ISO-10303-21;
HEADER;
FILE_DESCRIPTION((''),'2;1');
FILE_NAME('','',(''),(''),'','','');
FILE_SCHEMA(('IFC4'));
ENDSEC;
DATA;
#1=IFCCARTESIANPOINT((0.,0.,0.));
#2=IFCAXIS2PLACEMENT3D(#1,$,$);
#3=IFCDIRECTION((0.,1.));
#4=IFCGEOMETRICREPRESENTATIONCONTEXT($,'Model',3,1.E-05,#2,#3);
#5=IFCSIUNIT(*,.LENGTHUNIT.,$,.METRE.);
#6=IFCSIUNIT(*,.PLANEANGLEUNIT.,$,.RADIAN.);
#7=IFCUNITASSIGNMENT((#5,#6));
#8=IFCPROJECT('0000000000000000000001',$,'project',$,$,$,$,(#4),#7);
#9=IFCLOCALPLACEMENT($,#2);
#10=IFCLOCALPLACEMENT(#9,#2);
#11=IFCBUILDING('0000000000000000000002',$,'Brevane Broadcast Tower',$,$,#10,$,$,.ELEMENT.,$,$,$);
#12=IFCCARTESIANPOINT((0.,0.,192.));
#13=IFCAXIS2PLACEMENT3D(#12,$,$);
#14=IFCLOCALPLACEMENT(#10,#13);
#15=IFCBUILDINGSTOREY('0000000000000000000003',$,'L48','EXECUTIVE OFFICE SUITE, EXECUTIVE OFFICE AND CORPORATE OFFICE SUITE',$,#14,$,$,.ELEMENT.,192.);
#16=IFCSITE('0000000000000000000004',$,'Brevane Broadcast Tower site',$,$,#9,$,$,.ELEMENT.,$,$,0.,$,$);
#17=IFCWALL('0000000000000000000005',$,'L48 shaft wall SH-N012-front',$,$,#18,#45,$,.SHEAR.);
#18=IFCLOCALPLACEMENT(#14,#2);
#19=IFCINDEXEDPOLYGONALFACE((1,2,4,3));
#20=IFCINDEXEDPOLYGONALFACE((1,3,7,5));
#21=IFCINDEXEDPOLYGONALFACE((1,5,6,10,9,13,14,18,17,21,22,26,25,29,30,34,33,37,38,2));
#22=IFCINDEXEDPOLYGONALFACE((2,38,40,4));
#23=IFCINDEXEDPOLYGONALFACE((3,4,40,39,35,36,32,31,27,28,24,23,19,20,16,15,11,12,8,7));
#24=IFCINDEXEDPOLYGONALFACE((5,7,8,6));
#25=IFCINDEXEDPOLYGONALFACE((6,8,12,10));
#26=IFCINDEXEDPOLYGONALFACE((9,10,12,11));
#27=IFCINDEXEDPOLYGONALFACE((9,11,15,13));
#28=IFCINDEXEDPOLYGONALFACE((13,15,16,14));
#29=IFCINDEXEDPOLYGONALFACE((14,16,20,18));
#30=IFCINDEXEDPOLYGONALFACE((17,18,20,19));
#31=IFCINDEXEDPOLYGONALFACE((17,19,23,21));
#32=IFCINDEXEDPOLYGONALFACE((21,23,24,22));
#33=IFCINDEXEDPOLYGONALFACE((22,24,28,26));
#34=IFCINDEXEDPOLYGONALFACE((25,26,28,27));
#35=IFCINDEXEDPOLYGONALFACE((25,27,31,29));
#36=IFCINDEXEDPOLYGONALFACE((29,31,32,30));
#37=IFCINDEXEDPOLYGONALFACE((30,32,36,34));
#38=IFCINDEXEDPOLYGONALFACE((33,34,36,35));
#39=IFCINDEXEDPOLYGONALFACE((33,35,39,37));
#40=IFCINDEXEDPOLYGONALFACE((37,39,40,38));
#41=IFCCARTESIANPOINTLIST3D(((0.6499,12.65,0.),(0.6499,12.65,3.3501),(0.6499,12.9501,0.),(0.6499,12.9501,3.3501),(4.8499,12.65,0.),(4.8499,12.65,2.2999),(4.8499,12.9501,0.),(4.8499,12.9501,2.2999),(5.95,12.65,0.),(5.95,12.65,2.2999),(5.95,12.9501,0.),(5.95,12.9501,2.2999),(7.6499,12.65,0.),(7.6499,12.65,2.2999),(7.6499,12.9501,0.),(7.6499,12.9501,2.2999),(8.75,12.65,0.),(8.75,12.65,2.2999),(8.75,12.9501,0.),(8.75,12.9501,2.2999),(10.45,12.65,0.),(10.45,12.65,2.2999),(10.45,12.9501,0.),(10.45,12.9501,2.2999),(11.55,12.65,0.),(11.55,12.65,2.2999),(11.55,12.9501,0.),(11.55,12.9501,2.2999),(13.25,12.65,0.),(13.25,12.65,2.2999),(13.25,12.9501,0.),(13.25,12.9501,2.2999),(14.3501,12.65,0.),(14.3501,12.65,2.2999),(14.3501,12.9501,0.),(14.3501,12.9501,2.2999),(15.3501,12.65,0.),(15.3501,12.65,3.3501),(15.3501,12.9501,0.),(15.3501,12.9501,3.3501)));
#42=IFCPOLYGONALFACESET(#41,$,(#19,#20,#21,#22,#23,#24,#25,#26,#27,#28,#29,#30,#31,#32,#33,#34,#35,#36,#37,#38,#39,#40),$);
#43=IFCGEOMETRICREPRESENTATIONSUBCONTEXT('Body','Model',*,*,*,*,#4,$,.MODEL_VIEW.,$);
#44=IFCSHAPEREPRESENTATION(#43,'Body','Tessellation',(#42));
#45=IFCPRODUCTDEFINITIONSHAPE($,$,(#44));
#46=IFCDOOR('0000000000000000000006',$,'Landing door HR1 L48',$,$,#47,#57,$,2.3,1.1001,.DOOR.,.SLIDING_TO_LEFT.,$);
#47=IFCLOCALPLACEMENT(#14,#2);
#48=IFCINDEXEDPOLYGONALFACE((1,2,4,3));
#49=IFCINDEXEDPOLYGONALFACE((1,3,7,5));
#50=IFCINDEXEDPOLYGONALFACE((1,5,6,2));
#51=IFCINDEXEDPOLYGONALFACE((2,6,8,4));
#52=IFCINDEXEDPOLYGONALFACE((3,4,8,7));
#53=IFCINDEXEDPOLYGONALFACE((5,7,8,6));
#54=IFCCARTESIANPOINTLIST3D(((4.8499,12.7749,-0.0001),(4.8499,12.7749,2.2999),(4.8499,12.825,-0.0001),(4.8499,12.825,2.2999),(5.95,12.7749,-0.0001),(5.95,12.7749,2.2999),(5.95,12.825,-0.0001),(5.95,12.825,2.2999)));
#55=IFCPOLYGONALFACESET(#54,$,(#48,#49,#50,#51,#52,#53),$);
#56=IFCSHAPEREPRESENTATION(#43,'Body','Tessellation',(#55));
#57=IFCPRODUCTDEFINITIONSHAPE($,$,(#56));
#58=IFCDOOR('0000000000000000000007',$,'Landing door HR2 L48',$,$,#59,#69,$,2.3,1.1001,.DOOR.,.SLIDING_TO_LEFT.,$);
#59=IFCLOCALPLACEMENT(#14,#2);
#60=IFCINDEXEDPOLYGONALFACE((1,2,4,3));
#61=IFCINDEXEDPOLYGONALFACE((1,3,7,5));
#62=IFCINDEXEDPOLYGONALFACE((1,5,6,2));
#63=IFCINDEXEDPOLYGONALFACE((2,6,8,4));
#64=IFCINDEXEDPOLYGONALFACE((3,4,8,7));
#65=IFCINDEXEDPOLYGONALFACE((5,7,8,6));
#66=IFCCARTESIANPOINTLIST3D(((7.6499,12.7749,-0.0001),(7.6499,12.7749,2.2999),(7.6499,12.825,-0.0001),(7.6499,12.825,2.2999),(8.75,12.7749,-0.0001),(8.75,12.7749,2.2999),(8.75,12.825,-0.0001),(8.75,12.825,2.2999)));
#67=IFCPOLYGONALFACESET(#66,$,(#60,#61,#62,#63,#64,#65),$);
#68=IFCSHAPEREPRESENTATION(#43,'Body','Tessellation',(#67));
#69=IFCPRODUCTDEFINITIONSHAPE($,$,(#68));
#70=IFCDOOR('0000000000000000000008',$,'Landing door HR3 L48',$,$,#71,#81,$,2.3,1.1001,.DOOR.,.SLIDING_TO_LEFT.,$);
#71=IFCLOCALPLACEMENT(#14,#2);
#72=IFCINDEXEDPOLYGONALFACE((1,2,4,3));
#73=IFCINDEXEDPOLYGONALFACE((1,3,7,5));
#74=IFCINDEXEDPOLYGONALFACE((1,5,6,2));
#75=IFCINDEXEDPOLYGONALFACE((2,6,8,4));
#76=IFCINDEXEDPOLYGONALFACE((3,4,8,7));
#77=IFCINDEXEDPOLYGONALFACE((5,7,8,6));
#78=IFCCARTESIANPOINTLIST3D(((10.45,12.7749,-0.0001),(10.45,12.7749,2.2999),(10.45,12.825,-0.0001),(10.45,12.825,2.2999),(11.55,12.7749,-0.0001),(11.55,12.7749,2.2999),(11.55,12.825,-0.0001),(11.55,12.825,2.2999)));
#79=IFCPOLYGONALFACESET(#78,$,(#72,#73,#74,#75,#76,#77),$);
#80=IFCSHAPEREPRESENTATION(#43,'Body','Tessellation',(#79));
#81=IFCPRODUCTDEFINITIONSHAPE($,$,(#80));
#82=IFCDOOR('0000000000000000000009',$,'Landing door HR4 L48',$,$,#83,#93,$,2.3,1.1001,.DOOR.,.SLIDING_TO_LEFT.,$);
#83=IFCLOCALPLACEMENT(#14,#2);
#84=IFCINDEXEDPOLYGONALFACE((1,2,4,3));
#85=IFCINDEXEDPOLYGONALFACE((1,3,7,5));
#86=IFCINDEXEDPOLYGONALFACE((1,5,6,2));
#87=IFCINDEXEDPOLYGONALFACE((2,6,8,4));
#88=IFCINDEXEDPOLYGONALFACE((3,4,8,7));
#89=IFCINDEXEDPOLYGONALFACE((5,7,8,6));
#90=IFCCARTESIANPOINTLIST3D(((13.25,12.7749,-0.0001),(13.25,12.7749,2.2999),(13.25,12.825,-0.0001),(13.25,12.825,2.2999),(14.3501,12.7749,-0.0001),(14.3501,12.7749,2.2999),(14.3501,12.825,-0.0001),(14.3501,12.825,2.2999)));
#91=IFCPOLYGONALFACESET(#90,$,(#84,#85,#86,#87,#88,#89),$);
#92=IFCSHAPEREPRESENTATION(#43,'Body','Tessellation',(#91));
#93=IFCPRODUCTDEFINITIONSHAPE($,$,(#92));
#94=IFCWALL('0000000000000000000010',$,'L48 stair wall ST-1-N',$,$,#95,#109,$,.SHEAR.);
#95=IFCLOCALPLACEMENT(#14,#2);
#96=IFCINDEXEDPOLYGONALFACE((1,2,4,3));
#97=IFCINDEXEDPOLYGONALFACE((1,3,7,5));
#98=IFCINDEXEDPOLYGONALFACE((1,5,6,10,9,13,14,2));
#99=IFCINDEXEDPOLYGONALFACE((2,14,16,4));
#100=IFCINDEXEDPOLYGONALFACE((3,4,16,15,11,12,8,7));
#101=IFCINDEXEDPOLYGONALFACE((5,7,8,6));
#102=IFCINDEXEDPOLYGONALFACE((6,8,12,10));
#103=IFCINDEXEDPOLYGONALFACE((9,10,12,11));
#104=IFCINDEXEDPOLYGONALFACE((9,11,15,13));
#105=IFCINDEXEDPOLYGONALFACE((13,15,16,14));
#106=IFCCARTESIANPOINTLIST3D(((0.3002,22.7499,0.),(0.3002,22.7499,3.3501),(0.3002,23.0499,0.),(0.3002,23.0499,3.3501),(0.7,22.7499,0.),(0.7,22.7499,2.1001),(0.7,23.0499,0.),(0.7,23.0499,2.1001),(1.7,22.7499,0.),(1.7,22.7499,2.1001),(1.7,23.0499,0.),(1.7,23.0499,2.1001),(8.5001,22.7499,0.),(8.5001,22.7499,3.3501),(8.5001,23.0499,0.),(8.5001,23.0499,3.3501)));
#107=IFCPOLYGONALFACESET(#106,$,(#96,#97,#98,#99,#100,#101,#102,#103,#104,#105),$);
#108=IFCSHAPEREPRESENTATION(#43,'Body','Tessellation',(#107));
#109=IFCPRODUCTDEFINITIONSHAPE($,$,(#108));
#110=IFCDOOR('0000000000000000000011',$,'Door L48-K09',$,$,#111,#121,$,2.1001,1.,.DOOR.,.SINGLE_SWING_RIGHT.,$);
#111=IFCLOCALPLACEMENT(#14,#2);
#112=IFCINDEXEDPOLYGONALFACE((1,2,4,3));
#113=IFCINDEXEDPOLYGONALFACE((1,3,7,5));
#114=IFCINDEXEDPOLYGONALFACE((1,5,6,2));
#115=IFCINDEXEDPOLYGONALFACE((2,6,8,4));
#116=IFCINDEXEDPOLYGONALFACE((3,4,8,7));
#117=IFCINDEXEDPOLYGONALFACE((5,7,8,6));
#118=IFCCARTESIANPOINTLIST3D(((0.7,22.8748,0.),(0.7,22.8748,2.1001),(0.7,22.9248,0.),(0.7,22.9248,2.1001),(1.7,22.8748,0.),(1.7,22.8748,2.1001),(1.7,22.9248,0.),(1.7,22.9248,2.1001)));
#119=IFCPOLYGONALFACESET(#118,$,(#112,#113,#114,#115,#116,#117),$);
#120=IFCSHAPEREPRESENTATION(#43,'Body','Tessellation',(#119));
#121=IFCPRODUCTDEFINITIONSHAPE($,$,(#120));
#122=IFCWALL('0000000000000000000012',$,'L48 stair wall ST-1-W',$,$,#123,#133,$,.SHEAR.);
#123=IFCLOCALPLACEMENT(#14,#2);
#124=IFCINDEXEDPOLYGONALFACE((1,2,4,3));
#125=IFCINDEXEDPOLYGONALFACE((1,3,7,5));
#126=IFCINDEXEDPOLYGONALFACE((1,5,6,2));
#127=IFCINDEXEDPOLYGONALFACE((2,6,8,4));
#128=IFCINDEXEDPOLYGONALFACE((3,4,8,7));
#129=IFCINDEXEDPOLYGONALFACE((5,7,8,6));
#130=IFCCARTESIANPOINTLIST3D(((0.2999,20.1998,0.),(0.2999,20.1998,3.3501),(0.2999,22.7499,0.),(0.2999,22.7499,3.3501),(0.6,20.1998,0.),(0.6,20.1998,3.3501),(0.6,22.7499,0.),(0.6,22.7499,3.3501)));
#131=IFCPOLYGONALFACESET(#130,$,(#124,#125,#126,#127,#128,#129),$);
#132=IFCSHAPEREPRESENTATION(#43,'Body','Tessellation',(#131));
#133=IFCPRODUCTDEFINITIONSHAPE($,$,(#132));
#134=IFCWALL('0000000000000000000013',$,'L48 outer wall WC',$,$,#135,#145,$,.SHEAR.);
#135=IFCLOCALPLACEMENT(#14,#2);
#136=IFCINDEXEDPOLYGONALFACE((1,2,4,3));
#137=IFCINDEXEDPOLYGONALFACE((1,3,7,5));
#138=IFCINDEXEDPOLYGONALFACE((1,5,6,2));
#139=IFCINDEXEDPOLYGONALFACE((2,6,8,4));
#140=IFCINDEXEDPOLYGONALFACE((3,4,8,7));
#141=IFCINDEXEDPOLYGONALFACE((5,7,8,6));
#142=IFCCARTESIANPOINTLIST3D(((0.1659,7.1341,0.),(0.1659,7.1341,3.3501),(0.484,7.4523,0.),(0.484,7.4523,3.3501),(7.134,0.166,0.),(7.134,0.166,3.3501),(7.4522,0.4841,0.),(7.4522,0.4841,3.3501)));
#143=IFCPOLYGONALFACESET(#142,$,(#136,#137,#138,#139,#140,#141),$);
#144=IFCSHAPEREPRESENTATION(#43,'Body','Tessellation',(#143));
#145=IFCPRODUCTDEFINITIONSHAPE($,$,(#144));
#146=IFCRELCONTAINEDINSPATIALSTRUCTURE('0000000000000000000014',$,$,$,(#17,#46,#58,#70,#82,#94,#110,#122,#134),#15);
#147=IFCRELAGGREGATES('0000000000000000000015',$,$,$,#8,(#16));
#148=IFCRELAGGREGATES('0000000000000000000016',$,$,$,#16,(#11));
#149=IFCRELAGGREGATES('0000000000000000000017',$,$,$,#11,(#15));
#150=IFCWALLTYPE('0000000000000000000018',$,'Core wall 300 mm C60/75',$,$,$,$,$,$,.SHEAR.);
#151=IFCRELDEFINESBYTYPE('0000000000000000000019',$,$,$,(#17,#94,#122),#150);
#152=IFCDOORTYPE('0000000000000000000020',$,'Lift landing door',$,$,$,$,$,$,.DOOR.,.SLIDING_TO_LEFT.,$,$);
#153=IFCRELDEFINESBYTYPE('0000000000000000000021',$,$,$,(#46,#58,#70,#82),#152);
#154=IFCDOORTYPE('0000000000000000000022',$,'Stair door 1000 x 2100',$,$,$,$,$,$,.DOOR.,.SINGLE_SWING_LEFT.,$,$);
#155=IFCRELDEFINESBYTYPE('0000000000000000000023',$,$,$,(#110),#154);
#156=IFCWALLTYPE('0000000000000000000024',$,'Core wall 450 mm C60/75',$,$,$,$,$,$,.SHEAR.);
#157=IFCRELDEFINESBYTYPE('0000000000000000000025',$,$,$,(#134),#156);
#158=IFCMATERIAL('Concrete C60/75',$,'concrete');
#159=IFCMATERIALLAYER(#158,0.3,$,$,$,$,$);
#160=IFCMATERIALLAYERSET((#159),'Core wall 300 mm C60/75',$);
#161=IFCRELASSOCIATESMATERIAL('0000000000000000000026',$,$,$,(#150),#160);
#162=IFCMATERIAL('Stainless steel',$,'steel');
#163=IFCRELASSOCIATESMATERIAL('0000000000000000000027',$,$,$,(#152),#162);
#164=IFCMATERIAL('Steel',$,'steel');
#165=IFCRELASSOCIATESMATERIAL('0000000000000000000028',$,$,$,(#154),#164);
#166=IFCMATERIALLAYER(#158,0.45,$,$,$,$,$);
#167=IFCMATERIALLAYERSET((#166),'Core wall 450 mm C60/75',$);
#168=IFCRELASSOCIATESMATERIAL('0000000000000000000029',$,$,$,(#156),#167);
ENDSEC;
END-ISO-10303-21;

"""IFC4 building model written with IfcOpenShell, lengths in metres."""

from ifc_helpers import new_model, si_unit, direction, frame, frame_2d, origin, place, context, subcontext, project, spatial, rectangle, extrude, material, layer, layer_set, type_object, element, fill, save


model = new_model("IFC4")

# Units and contexts
model_context = context("Model", 3, precision=1e-05, world=origin(), true_north=direction((0.0, 1.0)))
body_context = subcontext(model_context, "Body", "Model", "MODEL_VIEW")
ifc_project = project(units=[si_unit("LENGTHUNIT", "METRE"), si_unit("PLANEANGLEUNIT", "RADIAN")], contexts=[model_context])

# Site, building, storey
site_placement = place(None, origin())
site = spatial("IfcSite", under=ifc_project, at=site_placement, Name="Brevane Broadcast Tower site", CompositionType="ELEMENT", RefElevation=0.0)
building_placement = place(site_placement, origin())
building = spatial("IfcBuilding", under=site, at=building_placement, Name="Brevane Broadcast Tower", CompositionType="ELEMENT")
storey_placement = place(building_placement, frame((0.0, 0.0, 192.0)))
storey = spatial("IfcBuildingStorey", under=building, at=storey_placement, Name="L48", Description="EXECUTIVE OFFICE SUITE, EXECUTIVE OFFICE AND CORPORATE OFFICE SUITE", CompositionType="ELEMENT", Elevation=192.0)

# Wall, openings, doors
ifc_material_1 = material(Name="Concrete C60/75", Category="concrete")
ifc_layer_1 = layer(ifc_material_1, 0.3)
ifc_layer_set_1 = layer_set([ifc_layer_1], Name="Core wall 300 mm C60/75")
wall_type_1 = type_object("IfcWallType", Name="Core wall 300 mm C60/75", PredefinedType="SHEAR", material=ifc_layer_set_1)
wall_1_placement = place(storey_placement, frame((0.6499, 12.8, 0.0), z_axis=(0.0, 0.0, 1.0), x_axis=(1.0, 0.0, 0.0)))
wall_1 = element("IfcWall", 1, at=wall_1_placement, inside=storey, type_object=wall_type_1, Name="L48 shaft wall SH-N012-front", PredefinedType="SHEAR", context=body_context, shape_type="SweptSolid", body=[
    extrude(rectangle(XDim=14.7002, YDim=0.3, at=frame_2d((7.3501, 0.0))), origin(), (0.0, 0.0, 1.0), 3.3501),
])
opening_1_placement = place(wall_1_placement, frame((4.2, 0.0, 0.0)))
opening_1 = element("IfcOpeningElement", 2, at=opening_1_placement, cuts=wall_1, PredefinedType="OPENING", context=body_context, shape_type="SweptSolid", body=[
    extrude(rectangle(XDim=1.1001, YDim=2.3, at=frame_2d((0.55, 1.1499))), frame((0.0, 0.1599, 0.0), z_axis=(0.0, -1.0, 0.0), x_axis=(1.0, 0.0, 0.0)), (0.0, 0.0, 1.0), 0.3201),
])
opening_2_placement = place(wall_1_placement, frame((7.0, 0.0, 0.0)))
opening_2 = element("IfcOpeningElement", 3, at=opening_2_placement, cuts=wall_1, PredefinedType="OPENING", context=body_context, shape_type="SweptSolid", body=[
    extrude(rectangle(XDim=1.1001, YDim=2.3, at=frame_2d((0.55, 1.1499))), frame((0.0, 0.1599, 0.0), z_axis=(0.0, -1.0, 0.0), x_axis=(1.0, 0.0, 0.0)), (0.0, 0.0, 1.0), 0.3201),
])
opening_3_placement = place(wall_1_placement, frame((9.8, 0.0, 0.0)))
opening_3 = element("IfcOpeningElement", 4, at=opening_3_placement, cuts=wall_1, PredefinedType="OPENING", context=body_context, shape_type="SweptSolid", body=[
    extrude(rectangle(XDim=1.1001, YDim=2.3, at=frame_2d((0.55, 1.1499))), frame((0.0, 0.1599, 0.0), z_axis=(0.0, -1.0, 0.0), x_axis=(1.0, 0.0, 0.0)), (0.0, 0.0, 1.0), 0.3201),
])
opening_4_placement = place(wall_1_placement, frame((12.6001, 0.0, 0.0)))
opening_4 = element("IfcOpeningElement", 5, at=opening_4_placement, cuts=wall_1, PredefinedType="OPENING", context=body_context, shape_type="SweptSolid", body=[
    extrude(rectangle(XDim=1.1001, YDim=2.3, at=frame_2d((0.55, 1.1499))), frame((0.0, 0.1599, 0.0), z_axis=(0.0, -1.0, 0.0), x_axis=(1.0, 0.0, 0.0)), (0.0, 0.0, 1.0), 0.3201),
])
ifc_material_2 = material(Name="Stainless steel", Category="steel")
door_type_1 = type_object("IfcDoorType", Name="Lift landing door", OperationType="SLIDING_TO_LEFT", PredefinedType="DOOR", material=ifc_material_2)
door_1_placement = place(opening_1_placement, origin())
door_1 = element("IfcDoor", 6, at=door_1_placement, inside=storey, type_object=door_type_1, Name="Landing door HR1 L48", OperationType="SLIDING_TO_LEFT", OverallHeight=2.3, OverallWidth=1.1001, PredefinedType="DOOR", context=body_context, shape_type="SweptSolid", body=[
    extrude(rectangle(XDim=1.1001, YDim=2.3, at=frame_2d((0.55, 1.1499))), frame((0.0, 0.0249, 0.0), z_axis=(0.0, -1.0, 0.0), x_axis=(1.0, 0.0, 0.0)), (0.0, 0.0, 1.0), 0.05),
])
fill(opening_1, door_1)
door_2_placement = place(opening_2_placement, origin())
door_2 = element("IfcDoor", 7, at=door_2_placement, inside=storey, type_object=door_type_1, Name="Landing door HR2 L48", OperationType="SLIDING_TO_LEFT", OverallHeight=2.3, OverallWidth=1.1001, PredefinedType="DOOR", context=body_context, shape_type="SweptSolid", body=[
    extrude(rectangle(XDim=1.1001, YDim=2.3, at=frame_2d((0.55, 1.1499))), frame((0.0, 0.0249, 0.0), z_axis=(0.0, -1.0, 0.0), x_axis=(1.0, 0.0, 0.0)), (0.0, 0.0, 1.0), 0.05),
])
fill(opening_2, door_2)
door_3_placement = place(opening_3_placement, origin())
door_3 = element("IfcDoor", 8, at=door_3_placement, inside=storey, type_object=door_type_1, Name="Landing door HR3 L48", OperationType="SLIDING_TO_LEFT", OverallHeight=2.3, OverallWidth=1.1001, PredefinedType="DOOR", context=body_context, shape_type="SweptSolid", body=[
    extrude(rectangle(XDim=1.1001, YDim=2.3, at=frame_2d((0.55, 1.1499))), frame((0.0, 0.0249, 0.0), z_axis=(0.0, -1.0, 0.0), x_axis=(1.0, 0.0, 0.0)), (0.0, 0.0, 1.0), 0.05),
])
fill(opening_3, door_3)
door_4_placement = place(opening_4_placement, origin())
door_4 = element("IfcDoor", 9, at=door_4_placement, inside=storey, type_object=door_type_1, Name="Landing door HR4 L48", OperationType="SLIDING_TO_LEFT", OverallHeight=2.3, OverallWidth=1.1001, PredefinedType="DOOR", context=body_context, shape_type="SweptSolid", body=[
    extrude(rectangle(XDim=1.1001, YDim=2.3, at=frame_2d((0.55, 1.1499))), frame((0.0, 0.0249, 0.0), z_axis=(0.0, -1.0, 0.0), x_axis=(1.0, 0.0, 0.0)), (0.0, 0.0, 1.0), 0.05),
])
fill(opening_4, door_4)

# Wall, opening, door
wall_2_placement = place(storey_placement, frame((0.3, 22.8999, 0.0), z_axis=(0.0, 0.0, 1.0), x_axis=(1.0, 0.0, 0.0)))
wall_2 = element("IfcWall", 10, at=wall_2_placement, inside=storey, type_object=wall_type_1, Name="L48 stair wall ST-1-N", PredefinedType="SHEAR", context=body_context, shape_type="SweptSolid", body=[
    extrude(rectangle(XDim=8.2, YDim=0.3, at=frame_2d((4.1001, 0.0))), origin(), (0.0, 0.0, 1.0), 3.3501),
])
opening_5_placement = place(wall_2_placement, frame((0.3999, 0.0, 0.0)))
opening_5 = element("IfcOpeningElement", 11, at=opening_5_placement, cuts=wall_2, PredefinedType="OPENING", context=body_context, shape_type="SweptSolid", body=[
    extrude(rectangle(XDim=1.0, YDim=2.1001, at=frame_2d((0.5, 1.05))), frame((0.0, 0.1599, 0.0), z_axis=(0.0, -1.0, 0.0), x_axis=(1.0, 0.0, 0.0)), (0.0, 0.0, 1.0), 0.3201),
])
ifc_material_3 = material(Name="Steel", Category="steel")
door_type_2 = type_object("IfcDoorType", Name="Stair door 1000 x 2100", OperationType="SINGLE_SWING_LEFT", PredefinedType="DOOR", material=ifc_material_3)
door_5_placement = place(opening_5_placement, origin())
door_5 = element("IfcDoor", 12, at=door_5_placement, inside=storey, type_object=door_type_2, Name="Door L48-K09", OperationType="SINGLE_SWING_RIGHT", OverallHeight=2.1001, OverallWidth=1.0, PredefinedType="DOOR", context=body_context, shape_type="SweptSolid", body=[
    extrude(rectangle(XDim=1.0, YDim=2.1001, at=frame_2d((0.5, 1.05))), frame((0.0, 0.0249, 0.0), z_axis=(0.0, -1.0, 0.0), x_axis=(1.0, 0.0, 0.0)), (0.0, 0.0, 1.0), 0.05),
])
fill(opening_5, door_5)

# Walls
wall_3_placement = place(storey_placement, frame((0.45, 20.2, 0.0), z_axis=(0.0, 0.0, 1.0), x_axis=(0.0, 1.0, 0.0)))
element("IfcWall", 13, at=wall_3_placement, inside=storey, type_object=wall_type_1, Name="L48 stair wall ST-1-W", PredefinedType="SHEAR", context=body_context, shape_type="SweptSolid", body=[
    extrude(rectangle(XDim=2.55, YDim=0.3, at=frame_2d((1.2749, 0.0))), origin(), (0.0, 0.0, 1.0), 3.3501),
])
ifc_layer_2 = layer(ifc_material_1, 0.45)
ifc_layer_set_2 = layer_set([ifc_layer_2], Name="Core wall 450 mm C60/75")
wall_type_2 = type_object("IfcWallType", Name="Core wall 450 mm C60/75", PredefinedType="SHEAR", material=ifc_layer_set_2)
wall_4_placement = place(storey_placement, frame((0.325, 7.2932, 0.0), z_axis=(0.0, 0.0, 1.0), x_axis=(0.707107, -0.707107, 0.0)))
element("IfcWall", 14, at=wall_4_placement, inside=storey, type_object=wall_type_2, Name="L48 outer wall WC", PredefinedType="SHEAR", context=body_context, shape_type="SweptSolid", body=[
    extrude(rectangle(XDim=9.8545, YDim=0.45, at=frame_2d((4.9272, 0.0))), origin(), (0.0, 0.0, 1.0), 3.3501),
])

save(model, "model.ifc")
